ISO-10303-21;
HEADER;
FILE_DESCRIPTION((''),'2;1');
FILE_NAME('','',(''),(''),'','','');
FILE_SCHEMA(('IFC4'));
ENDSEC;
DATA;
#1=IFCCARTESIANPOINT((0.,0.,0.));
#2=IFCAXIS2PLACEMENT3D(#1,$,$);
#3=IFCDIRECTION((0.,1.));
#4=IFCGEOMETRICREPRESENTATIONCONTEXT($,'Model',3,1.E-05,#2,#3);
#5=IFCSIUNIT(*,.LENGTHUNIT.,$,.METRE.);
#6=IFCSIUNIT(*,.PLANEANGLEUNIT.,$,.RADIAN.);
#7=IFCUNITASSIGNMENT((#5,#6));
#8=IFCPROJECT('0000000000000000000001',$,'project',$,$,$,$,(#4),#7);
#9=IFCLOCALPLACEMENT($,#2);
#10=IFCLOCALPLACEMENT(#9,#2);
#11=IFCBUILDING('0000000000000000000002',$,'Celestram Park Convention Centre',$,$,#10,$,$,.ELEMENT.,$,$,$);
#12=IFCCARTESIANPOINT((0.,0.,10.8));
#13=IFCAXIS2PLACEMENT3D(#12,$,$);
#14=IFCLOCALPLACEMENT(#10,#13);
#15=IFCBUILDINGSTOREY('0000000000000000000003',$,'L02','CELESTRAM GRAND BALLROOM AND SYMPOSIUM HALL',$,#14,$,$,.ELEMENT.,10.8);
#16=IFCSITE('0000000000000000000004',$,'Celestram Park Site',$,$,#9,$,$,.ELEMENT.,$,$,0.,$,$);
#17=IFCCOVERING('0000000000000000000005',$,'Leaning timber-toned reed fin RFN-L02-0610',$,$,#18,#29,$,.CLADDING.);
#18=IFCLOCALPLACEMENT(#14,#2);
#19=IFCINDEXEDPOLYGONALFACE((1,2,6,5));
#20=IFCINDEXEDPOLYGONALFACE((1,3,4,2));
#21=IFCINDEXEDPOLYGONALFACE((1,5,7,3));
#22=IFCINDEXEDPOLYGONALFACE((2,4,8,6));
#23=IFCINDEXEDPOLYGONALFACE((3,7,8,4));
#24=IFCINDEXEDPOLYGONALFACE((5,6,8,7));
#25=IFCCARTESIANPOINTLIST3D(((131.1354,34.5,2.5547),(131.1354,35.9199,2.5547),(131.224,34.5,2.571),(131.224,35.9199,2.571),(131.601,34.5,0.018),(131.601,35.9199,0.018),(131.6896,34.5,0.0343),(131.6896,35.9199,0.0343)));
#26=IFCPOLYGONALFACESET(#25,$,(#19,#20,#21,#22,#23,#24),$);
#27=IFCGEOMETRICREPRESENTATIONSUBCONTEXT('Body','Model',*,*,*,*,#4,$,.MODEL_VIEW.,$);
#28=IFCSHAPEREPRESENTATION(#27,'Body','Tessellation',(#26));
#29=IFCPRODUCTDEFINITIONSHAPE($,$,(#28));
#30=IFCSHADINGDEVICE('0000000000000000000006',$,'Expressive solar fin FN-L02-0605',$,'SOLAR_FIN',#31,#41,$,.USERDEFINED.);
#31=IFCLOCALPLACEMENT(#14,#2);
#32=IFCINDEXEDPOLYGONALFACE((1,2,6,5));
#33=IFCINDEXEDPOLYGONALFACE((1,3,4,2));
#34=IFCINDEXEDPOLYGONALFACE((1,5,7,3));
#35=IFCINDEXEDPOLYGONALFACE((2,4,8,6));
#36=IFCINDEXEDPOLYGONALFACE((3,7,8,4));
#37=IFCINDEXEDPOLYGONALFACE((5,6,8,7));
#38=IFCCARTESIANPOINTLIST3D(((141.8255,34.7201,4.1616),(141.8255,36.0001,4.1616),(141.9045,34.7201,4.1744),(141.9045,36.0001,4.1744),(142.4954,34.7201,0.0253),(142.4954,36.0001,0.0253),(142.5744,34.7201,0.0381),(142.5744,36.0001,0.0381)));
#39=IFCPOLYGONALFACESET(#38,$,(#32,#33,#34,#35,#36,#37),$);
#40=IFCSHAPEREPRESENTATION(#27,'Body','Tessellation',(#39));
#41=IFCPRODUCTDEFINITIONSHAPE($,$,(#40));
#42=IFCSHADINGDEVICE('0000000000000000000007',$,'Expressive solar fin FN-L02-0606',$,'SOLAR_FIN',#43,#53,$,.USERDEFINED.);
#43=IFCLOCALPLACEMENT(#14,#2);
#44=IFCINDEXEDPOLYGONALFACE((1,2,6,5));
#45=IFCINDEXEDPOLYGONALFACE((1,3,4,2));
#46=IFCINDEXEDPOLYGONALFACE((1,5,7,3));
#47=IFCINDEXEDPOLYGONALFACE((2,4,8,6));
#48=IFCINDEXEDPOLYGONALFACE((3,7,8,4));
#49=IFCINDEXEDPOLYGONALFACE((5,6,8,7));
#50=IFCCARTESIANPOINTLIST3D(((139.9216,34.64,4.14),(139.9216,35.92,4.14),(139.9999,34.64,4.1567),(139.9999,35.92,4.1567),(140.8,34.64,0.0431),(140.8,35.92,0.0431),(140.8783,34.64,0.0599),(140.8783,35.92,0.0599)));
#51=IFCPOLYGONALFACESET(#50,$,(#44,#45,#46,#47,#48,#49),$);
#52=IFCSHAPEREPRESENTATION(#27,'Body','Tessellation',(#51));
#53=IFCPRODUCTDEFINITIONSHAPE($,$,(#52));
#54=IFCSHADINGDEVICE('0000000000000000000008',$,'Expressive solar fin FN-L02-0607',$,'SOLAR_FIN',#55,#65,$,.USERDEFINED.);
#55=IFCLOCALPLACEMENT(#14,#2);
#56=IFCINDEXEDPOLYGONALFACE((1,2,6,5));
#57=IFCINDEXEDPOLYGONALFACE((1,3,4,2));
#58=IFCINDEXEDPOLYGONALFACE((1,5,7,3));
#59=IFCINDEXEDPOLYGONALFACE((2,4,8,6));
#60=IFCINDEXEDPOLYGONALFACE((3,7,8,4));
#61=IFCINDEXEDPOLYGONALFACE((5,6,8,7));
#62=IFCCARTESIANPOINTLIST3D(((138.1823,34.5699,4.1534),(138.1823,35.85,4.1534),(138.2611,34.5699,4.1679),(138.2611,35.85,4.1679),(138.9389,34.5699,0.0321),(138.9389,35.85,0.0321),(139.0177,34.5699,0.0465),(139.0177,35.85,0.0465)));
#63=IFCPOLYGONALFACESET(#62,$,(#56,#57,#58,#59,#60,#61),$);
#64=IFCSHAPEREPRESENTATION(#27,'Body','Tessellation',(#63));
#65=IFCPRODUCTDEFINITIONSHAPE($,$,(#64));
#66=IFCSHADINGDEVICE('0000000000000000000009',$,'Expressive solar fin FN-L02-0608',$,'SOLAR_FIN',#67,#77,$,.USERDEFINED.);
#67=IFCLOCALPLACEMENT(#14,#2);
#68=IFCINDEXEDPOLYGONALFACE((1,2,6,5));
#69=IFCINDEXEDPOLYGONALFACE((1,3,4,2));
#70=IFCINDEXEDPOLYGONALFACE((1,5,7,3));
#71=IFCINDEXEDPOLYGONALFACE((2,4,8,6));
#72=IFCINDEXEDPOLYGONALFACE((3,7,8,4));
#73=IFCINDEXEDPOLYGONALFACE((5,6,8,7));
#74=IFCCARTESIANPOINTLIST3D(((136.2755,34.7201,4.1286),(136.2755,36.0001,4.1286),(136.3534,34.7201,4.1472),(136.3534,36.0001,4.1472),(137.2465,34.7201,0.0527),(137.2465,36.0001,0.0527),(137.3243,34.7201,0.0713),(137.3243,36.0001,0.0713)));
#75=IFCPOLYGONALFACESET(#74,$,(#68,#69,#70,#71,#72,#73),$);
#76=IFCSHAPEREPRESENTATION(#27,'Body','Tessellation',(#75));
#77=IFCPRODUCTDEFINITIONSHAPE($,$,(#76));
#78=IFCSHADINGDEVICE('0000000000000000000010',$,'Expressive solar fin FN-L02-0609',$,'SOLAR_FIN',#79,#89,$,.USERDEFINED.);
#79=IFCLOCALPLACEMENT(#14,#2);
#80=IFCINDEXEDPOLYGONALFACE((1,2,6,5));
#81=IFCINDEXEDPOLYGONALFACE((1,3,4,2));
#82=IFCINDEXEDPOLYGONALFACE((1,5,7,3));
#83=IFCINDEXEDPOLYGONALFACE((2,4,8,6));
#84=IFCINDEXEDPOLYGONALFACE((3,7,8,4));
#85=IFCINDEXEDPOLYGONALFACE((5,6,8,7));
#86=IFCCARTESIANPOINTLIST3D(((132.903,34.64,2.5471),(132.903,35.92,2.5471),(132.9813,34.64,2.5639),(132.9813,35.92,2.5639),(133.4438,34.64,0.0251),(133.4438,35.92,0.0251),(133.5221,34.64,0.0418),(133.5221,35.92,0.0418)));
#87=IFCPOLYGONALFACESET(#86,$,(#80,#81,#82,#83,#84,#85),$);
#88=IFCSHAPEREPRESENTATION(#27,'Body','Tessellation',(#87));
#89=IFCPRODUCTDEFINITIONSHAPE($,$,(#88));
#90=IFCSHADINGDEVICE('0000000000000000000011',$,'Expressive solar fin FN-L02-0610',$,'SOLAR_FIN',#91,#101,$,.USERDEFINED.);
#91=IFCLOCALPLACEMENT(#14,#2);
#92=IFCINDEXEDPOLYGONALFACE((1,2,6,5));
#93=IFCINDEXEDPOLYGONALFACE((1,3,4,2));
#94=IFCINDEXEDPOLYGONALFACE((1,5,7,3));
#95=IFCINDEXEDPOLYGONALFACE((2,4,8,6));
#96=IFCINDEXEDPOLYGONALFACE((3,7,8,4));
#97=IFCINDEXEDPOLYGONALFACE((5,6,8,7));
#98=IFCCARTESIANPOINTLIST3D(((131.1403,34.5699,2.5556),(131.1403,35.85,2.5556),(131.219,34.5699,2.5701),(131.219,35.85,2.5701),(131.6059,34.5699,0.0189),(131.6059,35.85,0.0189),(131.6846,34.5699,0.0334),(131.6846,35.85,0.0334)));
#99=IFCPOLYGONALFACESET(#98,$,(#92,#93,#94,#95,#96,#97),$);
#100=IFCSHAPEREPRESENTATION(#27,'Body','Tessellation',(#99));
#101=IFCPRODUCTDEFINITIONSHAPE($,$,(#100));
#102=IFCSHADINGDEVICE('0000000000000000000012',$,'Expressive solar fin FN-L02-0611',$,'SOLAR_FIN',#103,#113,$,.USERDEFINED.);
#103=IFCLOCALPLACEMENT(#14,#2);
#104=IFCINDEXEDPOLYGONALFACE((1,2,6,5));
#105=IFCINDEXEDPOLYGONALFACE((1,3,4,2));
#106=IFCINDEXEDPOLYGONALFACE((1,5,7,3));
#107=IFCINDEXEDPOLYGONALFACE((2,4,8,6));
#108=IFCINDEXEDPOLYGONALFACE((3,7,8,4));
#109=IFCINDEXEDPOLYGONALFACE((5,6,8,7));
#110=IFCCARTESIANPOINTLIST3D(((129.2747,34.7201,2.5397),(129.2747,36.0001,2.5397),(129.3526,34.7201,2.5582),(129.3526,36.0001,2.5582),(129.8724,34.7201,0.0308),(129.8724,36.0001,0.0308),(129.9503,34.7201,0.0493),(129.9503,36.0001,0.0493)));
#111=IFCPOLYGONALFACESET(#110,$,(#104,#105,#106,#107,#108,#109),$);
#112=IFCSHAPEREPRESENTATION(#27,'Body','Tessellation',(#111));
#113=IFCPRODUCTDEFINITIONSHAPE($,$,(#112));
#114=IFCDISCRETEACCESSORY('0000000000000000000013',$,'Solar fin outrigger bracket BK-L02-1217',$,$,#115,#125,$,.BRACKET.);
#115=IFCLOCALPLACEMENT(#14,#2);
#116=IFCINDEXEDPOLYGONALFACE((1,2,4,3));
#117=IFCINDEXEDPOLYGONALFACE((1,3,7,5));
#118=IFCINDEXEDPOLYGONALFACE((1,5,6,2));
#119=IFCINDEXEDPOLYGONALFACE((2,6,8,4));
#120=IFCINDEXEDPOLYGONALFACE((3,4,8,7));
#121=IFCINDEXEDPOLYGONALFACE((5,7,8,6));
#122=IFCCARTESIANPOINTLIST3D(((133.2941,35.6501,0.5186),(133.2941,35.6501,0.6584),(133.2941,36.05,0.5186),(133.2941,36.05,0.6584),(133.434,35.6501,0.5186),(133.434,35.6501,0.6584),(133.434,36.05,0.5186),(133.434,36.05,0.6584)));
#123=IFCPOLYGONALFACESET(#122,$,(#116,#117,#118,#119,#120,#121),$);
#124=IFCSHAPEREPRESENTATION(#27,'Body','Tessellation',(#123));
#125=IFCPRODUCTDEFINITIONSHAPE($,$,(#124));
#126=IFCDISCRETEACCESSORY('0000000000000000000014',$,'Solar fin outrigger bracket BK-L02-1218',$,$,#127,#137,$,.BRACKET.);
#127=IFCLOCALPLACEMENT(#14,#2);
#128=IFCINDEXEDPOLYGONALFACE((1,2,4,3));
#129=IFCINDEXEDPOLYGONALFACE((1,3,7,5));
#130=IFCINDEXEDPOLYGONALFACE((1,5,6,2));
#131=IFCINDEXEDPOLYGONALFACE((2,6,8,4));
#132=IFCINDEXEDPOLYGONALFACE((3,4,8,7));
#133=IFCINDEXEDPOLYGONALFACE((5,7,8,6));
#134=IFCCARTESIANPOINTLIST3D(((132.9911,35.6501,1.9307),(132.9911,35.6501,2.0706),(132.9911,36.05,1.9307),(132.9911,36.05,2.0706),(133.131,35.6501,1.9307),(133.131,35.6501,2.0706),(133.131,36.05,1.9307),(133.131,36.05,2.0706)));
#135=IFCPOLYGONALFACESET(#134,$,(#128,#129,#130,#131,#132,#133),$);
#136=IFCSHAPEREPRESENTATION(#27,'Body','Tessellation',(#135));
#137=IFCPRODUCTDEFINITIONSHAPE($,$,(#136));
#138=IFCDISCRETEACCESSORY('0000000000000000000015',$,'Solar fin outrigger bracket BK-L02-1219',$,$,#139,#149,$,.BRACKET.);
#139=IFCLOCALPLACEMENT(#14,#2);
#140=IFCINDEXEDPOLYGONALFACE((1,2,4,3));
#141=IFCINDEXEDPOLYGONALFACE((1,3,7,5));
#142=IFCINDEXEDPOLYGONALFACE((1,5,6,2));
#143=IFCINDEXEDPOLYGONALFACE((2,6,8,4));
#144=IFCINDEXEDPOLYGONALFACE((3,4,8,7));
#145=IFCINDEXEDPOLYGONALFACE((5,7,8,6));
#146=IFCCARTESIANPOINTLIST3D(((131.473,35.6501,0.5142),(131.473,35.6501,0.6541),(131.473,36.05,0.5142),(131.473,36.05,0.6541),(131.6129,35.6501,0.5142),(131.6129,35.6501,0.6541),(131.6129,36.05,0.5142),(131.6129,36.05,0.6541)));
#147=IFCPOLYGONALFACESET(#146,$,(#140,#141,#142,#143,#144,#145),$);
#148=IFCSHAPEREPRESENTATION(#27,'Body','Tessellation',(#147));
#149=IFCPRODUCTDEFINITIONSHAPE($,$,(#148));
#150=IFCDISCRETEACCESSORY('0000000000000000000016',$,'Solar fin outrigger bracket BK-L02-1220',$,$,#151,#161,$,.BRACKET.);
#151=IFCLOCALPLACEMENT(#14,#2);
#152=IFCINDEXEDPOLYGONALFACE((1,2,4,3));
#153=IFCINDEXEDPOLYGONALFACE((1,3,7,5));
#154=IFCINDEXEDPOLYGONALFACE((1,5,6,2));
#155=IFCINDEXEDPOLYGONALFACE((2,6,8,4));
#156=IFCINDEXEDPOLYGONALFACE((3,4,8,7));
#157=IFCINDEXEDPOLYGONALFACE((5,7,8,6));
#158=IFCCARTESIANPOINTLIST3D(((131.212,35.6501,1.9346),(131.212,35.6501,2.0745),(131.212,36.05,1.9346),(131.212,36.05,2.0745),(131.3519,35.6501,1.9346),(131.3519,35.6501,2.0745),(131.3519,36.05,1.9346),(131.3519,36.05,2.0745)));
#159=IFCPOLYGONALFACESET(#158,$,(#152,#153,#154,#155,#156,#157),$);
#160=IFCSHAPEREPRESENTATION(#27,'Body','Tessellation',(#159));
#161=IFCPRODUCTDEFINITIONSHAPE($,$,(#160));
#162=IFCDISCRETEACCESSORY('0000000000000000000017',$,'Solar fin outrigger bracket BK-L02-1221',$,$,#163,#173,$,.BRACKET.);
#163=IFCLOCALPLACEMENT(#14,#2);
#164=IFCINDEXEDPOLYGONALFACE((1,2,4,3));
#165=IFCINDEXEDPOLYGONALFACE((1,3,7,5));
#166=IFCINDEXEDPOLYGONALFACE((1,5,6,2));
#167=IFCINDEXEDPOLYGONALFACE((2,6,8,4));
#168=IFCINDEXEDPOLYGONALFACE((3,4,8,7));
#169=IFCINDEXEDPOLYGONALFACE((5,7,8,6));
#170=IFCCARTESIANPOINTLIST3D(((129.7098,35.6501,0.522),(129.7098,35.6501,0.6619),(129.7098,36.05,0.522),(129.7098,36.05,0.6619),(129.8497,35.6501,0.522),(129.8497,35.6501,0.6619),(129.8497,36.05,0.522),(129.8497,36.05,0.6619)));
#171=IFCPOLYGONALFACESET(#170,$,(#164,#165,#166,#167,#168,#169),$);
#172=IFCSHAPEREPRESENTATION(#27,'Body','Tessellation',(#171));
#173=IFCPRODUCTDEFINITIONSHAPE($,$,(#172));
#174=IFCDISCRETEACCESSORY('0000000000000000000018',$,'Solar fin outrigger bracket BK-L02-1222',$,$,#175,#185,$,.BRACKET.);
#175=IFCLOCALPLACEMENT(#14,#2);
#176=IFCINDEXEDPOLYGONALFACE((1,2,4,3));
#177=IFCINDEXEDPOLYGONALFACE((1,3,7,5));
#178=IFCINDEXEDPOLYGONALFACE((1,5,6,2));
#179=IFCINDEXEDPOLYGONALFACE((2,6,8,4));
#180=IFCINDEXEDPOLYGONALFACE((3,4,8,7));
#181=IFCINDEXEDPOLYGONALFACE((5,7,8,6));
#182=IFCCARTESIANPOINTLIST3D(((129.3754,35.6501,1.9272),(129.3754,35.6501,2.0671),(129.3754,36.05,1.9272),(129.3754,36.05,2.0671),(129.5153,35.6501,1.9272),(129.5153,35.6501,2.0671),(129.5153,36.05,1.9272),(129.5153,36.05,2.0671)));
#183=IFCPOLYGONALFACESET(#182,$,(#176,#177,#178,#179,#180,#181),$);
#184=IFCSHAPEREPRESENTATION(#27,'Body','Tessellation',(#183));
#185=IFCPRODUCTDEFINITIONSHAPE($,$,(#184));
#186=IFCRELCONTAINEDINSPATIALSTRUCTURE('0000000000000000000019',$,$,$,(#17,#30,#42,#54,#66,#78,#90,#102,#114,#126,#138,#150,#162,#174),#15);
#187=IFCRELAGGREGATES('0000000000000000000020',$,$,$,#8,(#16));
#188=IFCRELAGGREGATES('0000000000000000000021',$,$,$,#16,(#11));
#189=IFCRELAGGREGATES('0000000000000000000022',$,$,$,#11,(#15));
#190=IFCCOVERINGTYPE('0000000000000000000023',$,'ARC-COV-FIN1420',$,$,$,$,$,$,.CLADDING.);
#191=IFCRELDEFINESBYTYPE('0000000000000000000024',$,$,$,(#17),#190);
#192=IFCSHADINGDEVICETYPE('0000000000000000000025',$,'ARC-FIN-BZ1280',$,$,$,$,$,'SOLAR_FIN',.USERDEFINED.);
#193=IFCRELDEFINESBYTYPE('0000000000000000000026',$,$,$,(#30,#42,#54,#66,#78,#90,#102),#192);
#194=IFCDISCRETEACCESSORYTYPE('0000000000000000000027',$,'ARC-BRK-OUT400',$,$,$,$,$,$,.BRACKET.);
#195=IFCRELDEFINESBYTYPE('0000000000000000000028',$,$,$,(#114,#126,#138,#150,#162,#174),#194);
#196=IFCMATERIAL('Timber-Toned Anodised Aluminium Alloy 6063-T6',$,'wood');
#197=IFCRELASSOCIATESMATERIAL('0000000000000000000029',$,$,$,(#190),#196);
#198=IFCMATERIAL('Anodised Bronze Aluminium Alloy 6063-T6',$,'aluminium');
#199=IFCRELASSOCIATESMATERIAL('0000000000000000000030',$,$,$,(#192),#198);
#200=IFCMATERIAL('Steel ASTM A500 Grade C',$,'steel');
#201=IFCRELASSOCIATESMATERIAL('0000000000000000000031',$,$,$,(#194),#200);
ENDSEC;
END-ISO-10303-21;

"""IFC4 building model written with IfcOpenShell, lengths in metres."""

from ifc_helpers import new_model, si_unit, direction, frame, origin, origin_2d, place, context, subcontext, project, spatial, rectangle, extrude, material, material_profile, profile_set, type_object, element, save


model = new_model("IFC4")

# Units and contexts
model_context = context("Model", 3, precision=1e-05, world=origin(), true_north=direction((0.0, 1.0)))
body_context = subcontext(model_context, "Body", "Model", "MODEL_VIEW")
ifc_project = project(units=[si_unit("LENGTHUNIT", "METRE"), si_unit("PLANEANGLEUNIT", "RADIAN")], contexts=[model_context])

# Site, building, storey
site_placement = place(None, origin())
site = spatial("IfcSite", under=ifc_project, at=site_placement, Name="Celestram Park Site", CompositionType="ELEMENT", RefElevation=0.0)
building_placement = place(site_placement, origin())
building = spatial("IfcBuilding", under=site, at=building_placement, Name="Celestram Park Convention Centre", CompositionType="ELEMENT")
storey_placement = place(building_placement, frame((0.0, 0.0, 10.8)))
storey = spatial("IfcBuildingStorey", under=building, at=storey_placement, Name="L02", Description="CELESTRAM GRAND BALLROOM AND SYMPOSIUM HALL", CompositionType="ELEMENT", Elevation=10.8)

# Covering
ifc_material_1 = material(Name="Timber-Toned Anodised Aluminium Alloy 6063-T6", Category="wood")
ifc_material_profile_1 = material_profile(ifc_material_1, rectangle(XDim=1.4199, YDim=0.0901, at=origin_2d()), Name="REED1420X90")
ifc_profile_set_1 = profile_set([ifc_material_profile_1], Name="Timber-Toned Anodised Aluminium Alloy 6063-T6")
covering_type_1 = type_object("IfcCoveringType", Name="ARC-COV-FIN1420", PredefinedType="CLADDING", material=ifc_profile_set_1)
covering_1_placement = place(storey_placement, frame((131.6453, 35.21, 0.0261), z_axis=(-0.180526, 0.0, 0.98357), x_axis=(0.0, -1.0, 0.0)))
element("IfcCovering", 1, at=covering_1_placement, inside=storey, type_object=covering_type_1, Name="Leaning timber-toned reed fin RFN-L02-0610", PredefinedType="CLADDING", context=body_context, shape_type="SweptSolid", body=[
    extrude(rectangle(XDim=1.4199, YDim=0.0901, at=origin_2d()), origin(), (0.0, 0.0, 1.0), 2.5791),
])

# Shading devices
ifc_material_2 = material(Name="Anodised Bronze Aluminium Alloy 6063-T6", Category="aluminium")
ifc_material_profile_2 = material_profile(ifc_material_2, rectangle(XDim=1.28, YDim=0.0801, at=origin_2d()), Name="FIN1280X80")
ifc_profile_set_2 = profile_set([ifc_material_profile_2], Name="Anodised Bronze Aluminium Alloy 6063-T6")
shading_device_type = type_object("IfcShadingDeviceType", Name="ARC-FIN-BZ1280", ElementType="SOLAR_FIN", PredefinedType="USERDEFINED", material=ifc_profile_set_2)
shading_device_1_placement = place(storey_placement, frame((142.5349, 35.3601, 0.0317), z_axis=(-0.159881, 0.0, 0.987136), x_axis=(0.0, -1.0, 0.0)))
element("IfcShadingDevice", 2, at=shading_device_1_placement, inside=storey, type_object=shading_device_type, Name="Expressive solar fin FN-L02-0605", ObjectType="SOLAR_FIN", PredefinedType="USERDEFINED", context=body_context, shape_type="SweptSolid", body=[
    extrude(rectangle(XDim=1.28, YDim=0.0801, at=origin_2d()), origin(), (0.0, 0.0, 1.0), 4.1902),
])
shading_device_2_placement = place(storey_placement, frame((140.8391, 35.28, 0.0515), z_axis=(-0.209644, 0.0, 0.977778), x_axis=(0.0, -1.0, 0.0)))
element("IfcShadingDevice", 3, at=shading_device_2_placement, inside=storey, type_object=shading_device_type, Name="Expressive solar fin FN-L02-0606", ObjectType="SOLAR_FIN", PredefinedType="USERDEFINED", context=body_context, shape_type="SweptSolid", body=[
    extrude(rectangle(XDim=1.28, YDim=0.0801, at=origin_2d()), origin(), (0.0, 0.0, 1.0), 4.1899),
])
shading_device_3_placement = place(storey_placement, frame((138.9783, 35.21, 0.0393), z_axis=(-0.180562, 0.0, 0.983564), x_axis=(0.0, -1.0, 0.0)))
element("IfcShadingDevice", 4, at=shading_device_3_placement, inside=storey, type_object=shading_device_type, Name="Expressive solar fin FN-L02-0607", ObjectType="SOLAR_FIN", PredefinedType="USERDEFINED", context=body_context, shape_type="SweptSolid", body=[
    extrude(rectangle(XDim=1.28, YDim=0.0801, at=origin_2d()), origin(), (0.0, 0.0, 1.0), 4.1902),
])
shading_device_4_placement = place(storey_placement, frame((137.2854, 35.3601, 0.062), z_axis=(-0.231731, 0.0, 0.97278), x_axis=(0.0, -1.0, 0.0)))
element("IfcShadingDevice", 5, at=shading_device_4_placement, inside=storey, type_object=shading_device_type, Name="Expressive solar fin FN-L02-0608", ObjectType="SOLAR_FIN", PredefinedType="USERDEFINED", context=body_context, shape_type="SweptSolid", body=[
    extrude(rectangle(XDim=1.28, YDim=0.0801, at=origin_2d()), origin(), (0.0, 0.0, 1.0), 4.1899),
])
shading_device_5_placement = place(storey_placement, frame((133.4829, 35.28, 0.0334), z_axis=(-0.209658, 0.0, 0.977775), x_axis=(0.0, -1.0, 0.0)))
element("IfcShadingDevice", 6, at=shading_device_5_placement, inside=storey, type_object=shading_device_type, Name="Expressive solar fin FN-L02-0609", ObjectType="SOLAR_FIN", PredefinedType="USERDEFINED", context=body_context, shape_type="SweptSolid", body=[
    extrude(rectangle(XDim=1.28, YDim=0.0801, at=origin_2d()), origin(), (0.0, 0.0, 1.0), 2.5793),
])
for number, where, z_axis, x_axis, name in (
    (7, (131.6453, 35.21, 0.0261), (-0.180526, 0.0, 0.98357), (0.0, -1.0, 0.0), "Expressive solar fin FN-L02-0610"),
    (8, (129.9114, 35.3601, 0.04), (-0.23174, 0.0, 0.972778), (0.0, -1.0, 0.0), "Expressive solar fin FN-L02-0611"),
):
    element("IfcShadingDevice", number, at=place(storey_placement, frame(where, z_axis=z_axis, x_axis=x_axis)), inside=storey, type_object=shading_device_type, Name=name, ObjectType="SOLAR_FIN", PredefinedType="USERDEFINED", context=body_context, shape_type="SweptSolid", body=[
        extrude(rectangle(XDim=1.28, YDim=0.0801, at=origin_2d()), origin(), (0.0, 0.0, 1.0), 2.5791),
    ])

# Discrete accessories
ifc_material_3 = material(Name="Steel ASTM A500 Grade C", Category="steel")
discrete_accessory_type = type_object("IfcDiscreteAccessoryType", Name="ARC-BRK-OUT400", PredefinedType="BRACKET", material=ifc_material_3)
for number, where, z_axis, x_axis, name in (
    (9, (133.364, 35.8501, 0.5186), (0.0, 0.0, 1.0), (0.0, -1.0, 0.0), "Solar fin outrigger bracket BK-L02-1217"),
    (10, (133.061, 35.8501, 1.9307), (0.0, 0.0, 1.0), (0.0, -1.0, 0.0), "Solar fin outrigger bracket BK-L02-1218"),
    (11, (131.543, 35.8501, 0.5142), (0.0, 0.0, 1.0), (0.0, -1.0, 0.0), "Solar fin outrigger bracket BK-L02-1219"),
    (12, (131.282, 35.8501, 1.9346), (0.0, 0.0, 1.0), (0.0, -1.0, 0.0), "Solar fin outrigger bracket BK-L02-1220"),
    (13, (129.7798, 35.8501, 0.522), (0.0, 0.0, 1.0), (0.0, -1.0, 0.0), "Solar fin outrigger bracket BK-L02-1221"),
    (14, (129.4453, 35.8501, 1.9272), (0.0, 0.0, 1.0), (0.0, -1.0, 0.0), "Solar fin outrigger bracket BK-L02-1222"),
):
    element("IfcDiscreteAccessory", number, at=place(storey_placement, frame(where, z_axis=z_axis, x_axis=x_axis)), inside=storey, type_object=discrete_accessory_type, Name=name, PredefinedType="BRACKET", context=body_context, shape_type="SweptSolid", body=[
        extrude(rectangle(XDim=0.3999, YDim=0.1399, at=origin_2d()), origin(), (0.0, 0.0, 1.0), 0.1399),
    ])

save(model, "model.ifc")
